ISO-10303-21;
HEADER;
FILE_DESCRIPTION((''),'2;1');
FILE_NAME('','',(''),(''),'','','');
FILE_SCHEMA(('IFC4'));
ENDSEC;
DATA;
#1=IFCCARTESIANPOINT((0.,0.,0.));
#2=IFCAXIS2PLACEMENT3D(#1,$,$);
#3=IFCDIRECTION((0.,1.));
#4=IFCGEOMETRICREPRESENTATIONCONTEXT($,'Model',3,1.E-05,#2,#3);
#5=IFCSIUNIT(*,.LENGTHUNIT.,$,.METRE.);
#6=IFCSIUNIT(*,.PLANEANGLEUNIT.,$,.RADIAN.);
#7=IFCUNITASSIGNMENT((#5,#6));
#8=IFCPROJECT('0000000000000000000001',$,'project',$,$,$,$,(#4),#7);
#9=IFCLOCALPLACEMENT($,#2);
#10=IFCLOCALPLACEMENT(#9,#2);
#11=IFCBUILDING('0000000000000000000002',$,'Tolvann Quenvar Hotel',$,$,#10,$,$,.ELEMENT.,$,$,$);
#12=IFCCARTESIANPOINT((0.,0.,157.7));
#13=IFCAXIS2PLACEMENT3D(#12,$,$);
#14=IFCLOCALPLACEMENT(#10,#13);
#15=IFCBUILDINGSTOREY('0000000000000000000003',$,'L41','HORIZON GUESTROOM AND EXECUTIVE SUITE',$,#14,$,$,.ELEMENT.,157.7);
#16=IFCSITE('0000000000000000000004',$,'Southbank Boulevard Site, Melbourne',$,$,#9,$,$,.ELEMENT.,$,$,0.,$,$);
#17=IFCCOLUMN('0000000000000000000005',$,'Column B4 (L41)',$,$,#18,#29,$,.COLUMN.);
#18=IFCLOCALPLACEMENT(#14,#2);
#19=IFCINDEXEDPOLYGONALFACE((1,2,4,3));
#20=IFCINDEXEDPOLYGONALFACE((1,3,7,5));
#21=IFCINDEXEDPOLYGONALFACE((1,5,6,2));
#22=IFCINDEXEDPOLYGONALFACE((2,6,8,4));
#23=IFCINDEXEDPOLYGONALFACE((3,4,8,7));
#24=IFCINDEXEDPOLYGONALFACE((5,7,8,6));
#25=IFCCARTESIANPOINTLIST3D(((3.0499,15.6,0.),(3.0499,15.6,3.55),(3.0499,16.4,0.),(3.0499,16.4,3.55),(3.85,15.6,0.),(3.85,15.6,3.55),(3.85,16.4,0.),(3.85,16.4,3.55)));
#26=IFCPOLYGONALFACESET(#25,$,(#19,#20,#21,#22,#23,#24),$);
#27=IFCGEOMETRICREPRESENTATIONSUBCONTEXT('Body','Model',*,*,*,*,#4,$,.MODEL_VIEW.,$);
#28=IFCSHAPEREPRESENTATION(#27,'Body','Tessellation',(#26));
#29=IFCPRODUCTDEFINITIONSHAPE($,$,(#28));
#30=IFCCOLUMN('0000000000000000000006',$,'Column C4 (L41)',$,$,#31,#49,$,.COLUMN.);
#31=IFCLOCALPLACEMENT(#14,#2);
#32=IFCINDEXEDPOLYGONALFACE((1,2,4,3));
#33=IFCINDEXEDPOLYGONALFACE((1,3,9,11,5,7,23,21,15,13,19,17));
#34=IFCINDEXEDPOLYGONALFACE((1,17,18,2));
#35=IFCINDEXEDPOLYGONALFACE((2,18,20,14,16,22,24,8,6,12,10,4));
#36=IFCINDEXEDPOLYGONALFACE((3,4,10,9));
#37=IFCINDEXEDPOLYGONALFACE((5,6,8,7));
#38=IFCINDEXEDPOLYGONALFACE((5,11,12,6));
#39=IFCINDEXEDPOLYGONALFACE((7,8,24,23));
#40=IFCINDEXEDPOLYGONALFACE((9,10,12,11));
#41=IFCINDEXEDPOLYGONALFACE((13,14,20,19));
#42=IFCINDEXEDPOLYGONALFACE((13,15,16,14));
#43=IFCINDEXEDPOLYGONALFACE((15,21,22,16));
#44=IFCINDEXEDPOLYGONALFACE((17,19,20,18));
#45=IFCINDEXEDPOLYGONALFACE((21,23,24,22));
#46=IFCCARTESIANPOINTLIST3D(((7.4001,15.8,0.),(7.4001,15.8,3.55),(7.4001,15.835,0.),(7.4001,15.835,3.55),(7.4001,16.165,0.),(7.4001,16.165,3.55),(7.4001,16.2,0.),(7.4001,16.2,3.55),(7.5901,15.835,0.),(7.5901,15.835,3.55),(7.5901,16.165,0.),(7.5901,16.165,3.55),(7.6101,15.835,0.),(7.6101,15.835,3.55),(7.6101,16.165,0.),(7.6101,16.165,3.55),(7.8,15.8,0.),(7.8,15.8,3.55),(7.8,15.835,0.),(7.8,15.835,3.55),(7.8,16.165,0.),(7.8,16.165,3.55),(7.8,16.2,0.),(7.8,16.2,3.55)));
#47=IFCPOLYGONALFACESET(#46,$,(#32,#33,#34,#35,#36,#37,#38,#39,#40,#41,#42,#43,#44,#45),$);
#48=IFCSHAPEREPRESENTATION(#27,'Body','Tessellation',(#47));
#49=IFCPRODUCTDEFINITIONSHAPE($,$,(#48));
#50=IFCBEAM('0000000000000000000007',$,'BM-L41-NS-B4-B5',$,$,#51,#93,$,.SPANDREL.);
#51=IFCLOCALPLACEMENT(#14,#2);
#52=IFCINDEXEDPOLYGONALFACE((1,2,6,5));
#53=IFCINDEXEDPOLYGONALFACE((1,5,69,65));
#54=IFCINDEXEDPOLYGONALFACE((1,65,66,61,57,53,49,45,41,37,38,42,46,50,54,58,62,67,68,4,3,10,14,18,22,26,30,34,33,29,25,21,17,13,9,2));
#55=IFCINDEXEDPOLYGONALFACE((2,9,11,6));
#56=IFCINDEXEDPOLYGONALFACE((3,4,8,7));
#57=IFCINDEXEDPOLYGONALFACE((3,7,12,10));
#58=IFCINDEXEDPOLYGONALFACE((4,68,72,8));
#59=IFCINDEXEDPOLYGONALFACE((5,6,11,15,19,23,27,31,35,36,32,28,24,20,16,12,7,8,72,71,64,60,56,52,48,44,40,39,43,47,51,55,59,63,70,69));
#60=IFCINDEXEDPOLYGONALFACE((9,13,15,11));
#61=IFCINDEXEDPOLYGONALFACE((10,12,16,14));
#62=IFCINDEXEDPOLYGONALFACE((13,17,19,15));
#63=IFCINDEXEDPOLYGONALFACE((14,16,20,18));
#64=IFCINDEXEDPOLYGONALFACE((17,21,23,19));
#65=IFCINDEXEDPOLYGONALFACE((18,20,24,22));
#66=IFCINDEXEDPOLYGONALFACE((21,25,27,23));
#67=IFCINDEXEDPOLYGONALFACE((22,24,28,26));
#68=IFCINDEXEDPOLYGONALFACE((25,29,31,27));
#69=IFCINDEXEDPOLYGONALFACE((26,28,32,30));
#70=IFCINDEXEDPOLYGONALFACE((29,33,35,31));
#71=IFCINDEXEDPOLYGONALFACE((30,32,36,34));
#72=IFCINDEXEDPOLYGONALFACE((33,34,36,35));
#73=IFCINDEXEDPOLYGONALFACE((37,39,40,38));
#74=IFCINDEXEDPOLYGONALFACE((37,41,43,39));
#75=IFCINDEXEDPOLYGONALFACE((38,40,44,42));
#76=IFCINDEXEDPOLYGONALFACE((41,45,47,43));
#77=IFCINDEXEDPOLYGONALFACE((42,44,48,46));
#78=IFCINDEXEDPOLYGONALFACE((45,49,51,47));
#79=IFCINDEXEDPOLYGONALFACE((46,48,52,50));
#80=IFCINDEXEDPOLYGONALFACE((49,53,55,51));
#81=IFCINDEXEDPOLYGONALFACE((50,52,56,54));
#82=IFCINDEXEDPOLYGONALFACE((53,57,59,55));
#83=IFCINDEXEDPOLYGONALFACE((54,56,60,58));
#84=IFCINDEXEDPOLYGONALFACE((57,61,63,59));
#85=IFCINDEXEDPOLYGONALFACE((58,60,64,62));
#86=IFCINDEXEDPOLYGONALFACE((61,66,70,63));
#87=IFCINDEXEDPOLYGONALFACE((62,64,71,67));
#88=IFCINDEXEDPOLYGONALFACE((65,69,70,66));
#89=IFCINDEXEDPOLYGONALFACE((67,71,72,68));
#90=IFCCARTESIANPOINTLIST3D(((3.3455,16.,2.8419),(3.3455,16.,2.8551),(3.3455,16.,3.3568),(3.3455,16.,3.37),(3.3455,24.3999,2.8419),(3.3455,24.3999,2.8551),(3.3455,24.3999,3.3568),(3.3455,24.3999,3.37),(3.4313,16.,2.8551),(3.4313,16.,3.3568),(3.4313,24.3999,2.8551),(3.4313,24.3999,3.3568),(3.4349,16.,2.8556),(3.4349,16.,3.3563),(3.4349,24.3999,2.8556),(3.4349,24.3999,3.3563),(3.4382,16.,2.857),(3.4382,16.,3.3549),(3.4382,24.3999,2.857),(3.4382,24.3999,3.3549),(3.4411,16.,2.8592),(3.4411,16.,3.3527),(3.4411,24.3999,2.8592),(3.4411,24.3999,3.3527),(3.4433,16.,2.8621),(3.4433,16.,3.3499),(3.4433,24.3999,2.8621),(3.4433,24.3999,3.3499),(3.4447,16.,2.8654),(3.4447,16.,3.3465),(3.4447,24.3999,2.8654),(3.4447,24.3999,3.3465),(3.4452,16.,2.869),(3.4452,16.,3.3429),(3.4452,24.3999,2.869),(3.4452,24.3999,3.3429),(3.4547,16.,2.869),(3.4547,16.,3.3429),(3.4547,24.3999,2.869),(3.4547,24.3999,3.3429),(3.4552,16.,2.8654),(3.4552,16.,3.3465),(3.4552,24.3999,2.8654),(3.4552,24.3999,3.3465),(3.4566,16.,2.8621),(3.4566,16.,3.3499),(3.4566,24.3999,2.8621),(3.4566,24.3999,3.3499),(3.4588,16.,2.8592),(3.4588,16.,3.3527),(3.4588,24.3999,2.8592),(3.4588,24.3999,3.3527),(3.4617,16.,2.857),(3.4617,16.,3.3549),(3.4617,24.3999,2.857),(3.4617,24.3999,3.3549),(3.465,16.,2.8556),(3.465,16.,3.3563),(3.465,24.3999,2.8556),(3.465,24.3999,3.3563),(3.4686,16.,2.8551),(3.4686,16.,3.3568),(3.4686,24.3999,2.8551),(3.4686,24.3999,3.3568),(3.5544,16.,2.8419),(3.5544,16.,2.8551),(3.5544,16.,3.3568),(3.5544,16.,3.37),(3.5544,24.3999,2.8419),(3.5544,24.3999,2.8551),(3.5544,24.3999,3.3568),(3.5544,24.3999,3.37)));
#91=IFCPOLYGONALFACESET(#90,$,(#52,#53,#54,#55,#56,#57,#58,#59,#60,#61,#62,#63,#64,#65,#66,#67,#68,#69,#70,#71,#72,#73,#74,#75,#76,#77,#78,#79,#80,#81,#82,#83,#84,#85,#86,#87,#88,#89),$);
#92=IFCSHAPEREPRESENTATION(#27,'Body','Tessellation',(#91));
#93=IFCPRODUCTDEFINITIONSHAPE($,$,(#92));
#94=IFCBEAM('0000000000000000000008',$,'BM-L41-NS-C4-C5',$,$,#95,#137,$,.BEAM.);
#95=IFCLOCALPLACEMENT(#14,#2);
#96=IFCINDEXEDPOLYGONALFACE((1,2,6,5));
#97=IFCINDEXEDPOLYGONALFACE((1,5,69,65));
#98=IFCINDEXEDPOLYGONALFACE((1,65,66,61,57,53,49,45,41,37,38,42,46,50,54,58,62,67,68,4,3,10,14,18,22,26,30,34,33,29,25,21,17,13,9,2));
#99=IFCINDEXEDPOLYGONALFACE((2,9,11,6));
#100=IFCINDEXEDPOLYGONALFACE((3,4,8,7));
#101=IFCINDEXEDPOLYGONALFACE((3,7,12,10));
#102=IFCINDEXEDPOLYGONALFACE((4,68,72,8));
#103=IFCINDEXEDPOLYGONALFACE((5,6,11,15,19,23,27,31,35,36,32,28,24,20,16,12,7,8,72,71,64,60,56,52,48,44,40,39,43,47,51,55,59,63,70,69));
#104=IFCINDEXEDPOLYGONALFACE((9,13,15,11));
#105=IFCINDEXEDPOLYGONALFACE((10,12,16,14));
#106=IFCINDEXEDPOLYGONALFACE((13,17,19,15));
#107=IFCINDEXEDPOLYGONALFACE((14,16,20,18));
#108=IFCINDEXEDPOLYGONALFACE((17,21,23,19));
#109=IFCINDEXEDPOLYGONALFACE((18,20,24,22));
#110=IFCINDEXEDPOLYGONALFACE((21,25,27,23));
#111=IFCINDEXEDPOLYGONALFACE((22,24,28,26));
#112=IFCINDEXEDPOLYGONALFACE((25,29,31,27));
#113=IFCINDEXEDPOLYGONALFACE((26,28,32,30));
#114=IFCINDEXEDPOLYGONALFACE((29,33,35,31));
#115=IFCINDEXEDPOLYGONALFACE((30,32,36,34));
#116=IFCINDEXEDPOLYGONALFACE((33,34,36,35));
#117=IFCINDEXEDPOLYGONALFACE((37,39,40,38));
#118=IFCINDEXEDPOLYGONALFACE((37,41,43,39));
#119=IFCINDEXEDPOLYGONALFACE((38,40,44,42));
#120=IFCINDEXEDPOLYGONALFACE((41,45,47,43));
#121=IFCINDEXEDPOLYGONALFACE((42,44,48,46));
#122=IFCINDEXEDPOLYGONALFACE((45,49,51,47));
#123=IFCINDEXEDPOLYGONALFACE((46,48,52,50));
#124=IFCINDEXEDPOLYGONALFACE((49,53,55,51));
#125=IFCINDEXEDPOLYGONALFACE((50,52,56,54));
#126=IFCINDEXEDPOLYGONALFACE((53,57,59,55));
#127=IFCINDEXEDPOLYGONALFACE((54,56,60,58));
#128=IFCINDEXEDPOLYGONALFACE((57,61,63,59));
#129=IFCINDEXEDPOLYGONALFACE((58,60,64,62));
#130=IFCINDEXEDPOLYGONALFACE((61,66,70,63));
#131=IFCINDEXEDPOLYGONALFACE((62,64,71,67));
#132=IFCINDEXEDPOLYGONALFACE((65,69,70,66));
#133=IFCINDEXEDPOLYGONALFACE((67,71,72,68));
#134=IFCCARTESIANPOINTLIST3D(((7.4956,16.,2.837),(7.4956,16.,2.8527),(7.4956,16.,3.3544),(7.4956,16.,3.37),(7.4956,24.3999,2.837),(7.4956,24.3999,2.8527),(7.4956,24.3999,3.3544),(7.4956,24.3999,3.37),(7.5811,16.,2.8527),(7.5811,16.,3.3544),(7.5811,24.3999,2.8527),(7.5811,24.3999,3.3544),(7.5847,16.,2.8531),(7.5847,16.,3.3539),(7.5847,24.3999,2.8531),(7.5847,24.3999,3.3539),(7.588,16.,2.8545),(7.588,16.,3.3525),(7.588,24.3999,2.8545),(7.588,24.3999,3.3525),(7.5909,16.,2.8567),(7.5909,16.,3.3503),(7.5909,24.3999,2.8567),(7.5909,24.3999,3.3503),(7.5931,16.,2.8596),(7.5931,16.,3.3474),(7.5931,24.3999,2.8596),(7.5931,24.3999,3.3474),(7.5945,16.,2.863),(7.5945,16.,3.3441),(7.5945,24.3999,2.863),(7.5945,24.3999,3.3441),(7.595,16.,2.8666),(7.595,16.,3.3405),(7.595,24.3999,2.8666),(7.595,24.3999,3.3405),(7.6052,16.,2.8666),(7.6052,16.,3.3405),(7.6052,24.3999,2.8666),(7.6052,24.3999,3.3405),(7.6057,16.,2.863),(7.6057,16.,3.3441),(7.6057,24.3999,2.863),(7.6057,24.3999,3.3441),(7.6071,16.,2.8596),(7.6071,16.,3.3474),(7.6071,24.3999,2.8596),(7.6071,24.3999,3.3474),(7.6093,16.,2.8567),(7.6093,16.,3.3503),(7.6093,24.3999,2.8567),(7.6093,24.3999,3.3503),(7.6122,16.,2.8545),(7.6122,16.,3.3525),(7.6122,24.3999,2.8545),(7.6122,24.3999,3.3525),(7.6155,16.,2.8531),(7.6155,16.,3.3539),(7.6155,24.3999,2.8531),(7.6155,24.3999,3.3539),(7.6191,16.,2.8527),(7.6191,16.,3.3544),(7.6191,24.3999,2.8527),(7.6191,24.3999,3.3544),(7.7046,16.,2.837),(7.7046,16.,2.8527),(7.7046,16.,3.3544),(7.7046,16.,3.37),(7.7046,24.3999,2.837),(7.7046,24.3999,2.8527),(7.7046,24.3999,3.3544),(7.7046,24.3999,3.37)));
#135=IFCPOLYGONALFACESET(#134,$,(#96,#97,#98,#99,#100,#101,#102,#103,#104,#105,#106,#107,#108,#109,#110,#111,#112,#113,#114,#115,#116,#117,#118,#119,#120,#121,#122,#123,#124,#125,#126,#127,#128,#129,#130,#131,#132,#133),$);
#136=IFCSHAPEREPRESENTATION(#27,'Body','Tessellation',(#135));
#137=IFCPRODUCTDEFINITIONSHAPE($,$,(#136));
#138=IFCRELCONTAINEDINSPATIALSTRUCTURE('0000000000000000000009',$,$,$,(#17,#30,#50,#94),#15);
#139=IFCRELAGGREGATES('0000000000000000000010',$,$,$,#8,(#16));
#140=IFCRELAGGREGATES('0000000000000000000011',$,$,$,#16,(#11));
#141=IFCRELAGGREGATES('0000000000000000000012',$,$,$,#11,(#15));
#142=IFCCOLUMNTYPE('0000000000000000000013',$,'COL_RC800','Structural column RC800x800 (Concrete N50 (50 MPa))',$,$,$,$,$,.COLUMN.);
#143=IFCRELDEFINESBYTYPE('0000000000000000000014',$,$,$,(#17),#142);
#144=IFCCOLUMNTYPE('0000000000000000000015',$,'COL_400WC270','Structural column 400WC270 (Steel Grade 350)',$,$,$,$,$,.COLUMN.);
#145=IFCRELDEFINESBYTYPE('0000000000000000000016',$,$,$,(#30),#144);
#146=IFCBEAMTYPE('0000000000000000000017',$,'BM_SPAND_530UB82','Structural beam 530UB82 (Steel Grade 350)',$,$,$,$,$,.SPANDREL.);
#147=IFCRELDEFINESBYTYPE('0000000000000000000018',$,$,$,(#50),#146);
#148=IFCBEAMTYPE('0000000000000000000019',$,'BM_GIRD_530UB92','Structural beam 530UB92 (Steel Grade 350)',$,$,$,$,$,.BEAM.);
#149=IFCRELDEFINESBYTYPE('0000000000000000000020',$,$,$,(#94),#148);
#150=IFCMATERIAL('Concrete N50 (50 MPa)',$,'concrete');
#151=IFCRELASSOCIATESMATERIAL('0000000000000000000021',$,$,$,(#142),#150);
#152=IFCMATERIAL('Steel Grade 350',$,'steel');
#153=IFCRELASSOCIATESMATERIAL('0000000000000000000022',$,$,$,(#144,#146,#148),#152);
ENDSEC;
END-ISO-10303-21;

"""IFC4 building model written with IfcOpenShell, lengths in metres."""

from ifc_helpers import new_model, si_unit, direction, frame, origin, origin_2d, place, context, subcontext, project, spatial, rectangle, i_section, extrude, source, transform, mapped, material, material_profile, profile_set, type_object, type_shapes, element, save


model = new_model("IFC4")

# Units and contexts
model_context = context("Model", 3, precision=1e-05, world=origin(), true_north=direction((0.0, 1.0)))
body_context = subcontext(model_context, "Body", "Model", "MODEL_VIEW")
ifc_project = project(units=[si_unit("LENGTHUNIT", "METRE"), si_unit("PLANEANGLEUNIT", "RADIAN")], contexts=[model_context])

# Site, building, storey
site_placement = place(None, origin())
site = spatial("IfcSite", under=ifc_project, at=site_placement, Name="Southbank Boulevard Site, Melbourne", CompositionType="ELEMENT", RefElevation=0.0)
building_placement = place(site_placement, origin())
building = spatial("IfcBuilding", under=site, at=building_placement, Name="Tolvann Quenvar Hotel", CompositionType="ELEMENT")
storey_placement = place(building_placement, frame((0.0, 0.0, 157.7)))
storey = spatial("IfcBuildingStorey", under=building, at=storey_placement, Name="L41", Description="HORIZON GUESTROOM AND EXECUTIVE SUITE", CompositionType="ELEMENT", Elevation=157.7)

# Columns
ifc_material_1 = material(Name="Concrete N50 (50 MPa)", Category="concrete")
ifc_material_profile_1 = material_profile(ifc_material_1, rectangle(XDim=0.8, YDim=0.8, at=origin_2d()), Name="RC800x800")
ifc_profile_set_1 = profile_set([ifc_material_profile_1], Name="Concrete N50 (50 MPa)")
column_type_1 = type_object("IfcColumnType", Name="COL_RC800", Description="Structural column RC800x800 (Concrete N50 (50 MPa))", PredefinedType="COLUMN", material=ifc_profile_set_1)
shared_shape_1 = source(origin(), body_context, "Body", "SweptSolid", [
    extrude(rectangle(XDim=0.8, YDim=0.8, at=origin_2d()), origin(), (0.0, 0.0, 1.0), 3.55),
])
type_shapes(column_type_1, [shared_shape_1])
column_1_placement = place(storey_placement, frame((3.45, 16.0, 0.0), z_axis=(0.0, 0.0, 1.0), x_axis=(1.0, 0.0, 0.0)))
element("IfcColumn", 1, at=column_1_placement, inside=storey, type_object=column_type_1, Name="Column B4 (L41)", PredefinedType="COLUMN", context=body_context, shape_type="MappedRepresentation", body=[
    mapped(shared_shape_1, transform((0.0, 0.0, 0.0), x_axis=(1.0, 0.0, 0.0), y_axis=(0.0, 1.0, 0.0), z_axis=(0.0, 0.0, 1.0), scale=1.0)),
])
ifc_material_2 = material(Name="Steel Grade 350", Category="steel")
ifc_material_profile_2 = material_profile(ifc_material_2, i_section(OverallWidth=0.3999, OverallDepth=0.3999, WebThickness=0.02, FlangeThickness=0.0349, at=origin_2d()), Name="400WC270")
ifc_profile_set_2 = profile_set([ifc_material_profile_2], Name="Steel Grade 350")
column_type_2 = type_object("IfcColumnType", Name="COL_400WC270", Description="Structural column 400WC270 (Steel Grade 350)", PredefinedType="COLUMN", material=ifc_profile_set_2)
shared_shape_2 = source(origin(), body_context, "Body", "SweptSolid", [
    extrude(i_section(OverallWidth=0.3999, OverallDepth=0.3999, WebThickness=0.02, FlangeThickness=0.0349, at=origin_2d()), origin(), (0.0, 0.0, 1.0), 3.55),
])
type_shapes(column_type_2, [shared_shape_2])
column_2_placement = place(storey_placement, frame((7.6001, 16.0, 0.0), z_axis=(0.0, 0.0, 1.0), x_axis=(1.0, 0.0, 0.0)))
element("IfcColumn", 2, at=column_2_placement, inside=storey, type_object=column_type_2, Name="Column C4 (L41)", PredefinedType="COLUMN", context=body_context, shape_type="MappedRepresentation", body=[
    mapped(shared_shape_2, transform((0.0, 0.0, 0.0), x_axis=(1.0, 0.0, 0.0), y_axis=(0.0, 1.0, 0.0), z_axis=(0.0, 0.0, 1.0), scale=1.0)),
])

# Beams
ifc_material_profile_3 = material_profile(ifc_material_2, i_section(OverallWidth=0.209, OverallDepth=0.5281, WebThickness=0.0095, FlangeThickness=0.0132, FilletRadius=0.0139, at=origin_2d()), Name="530UB82")
ifc_profile_set_3 = profile_set([ifc_material_profile_3], Name="Steel Grade 350")
beam_type_1 = type_object("IfcBeamType", Name="BM_SPAND_530UB82", Description="Structural beam 530UB82 (Steel Grade 350)", PredefinedType="SPANDREL", material=ifc_profile_set_3)
shared_shape_3 = source(origin(), body_context, "Body", "SweptSolid", [
    extrude(i_section(OverallWidth=0.209, OverallDepth=0.5281, WebThickness=0.0095, FlangeThickness=0.0132, FilletRadius=0.0139, at=origin_2d()), origin(), (0.0, 0.0, 1.0), 8.3999),
])
type_shapes(beam_type_1, [shared_shape_3])
beam_1_placement = place(storey_placement, frame((3.45, 16.0, 3.106), z_axis=(0.0, 1.0, 0.0), x_axis=(-1.0, 0.0, 0.0)))
element("IfcBeam", 3, at=beam_1_placement, inside=storey, type_object=beam_type_1, Name="BM-L41-NS-B4-B5", PredefinedType="SPANDREL", context=body_context, shape_type="MappedRepresentation", body=[
    mapped(shared_shape_3, transform((0.0, 0.0, 0.0), x_axis=(1.0, 0.0, 0.0), y_axis=(0.0, 1.0, 0.0), z_axis=(0.0, 0.0, 1.0), scale=1.0)),
])
ifc_material_profile_4 = material_profile(ifc_material_2, i_section(OverallWidth=0.209, OverallDepth=0.533, WebThickness=0.0103, FlangeThickness=0.0156, FilletRadius=0.0139, at=origin_2d()), Name="530UB92")
ifc_profile_set_4 = profile_set([ifc_material_profile_4], Name="Steel Grade 350")
beam_type_2 = type_object("IfcBeamType", Name="BM_GIRD_530UB92", Description="Structural beam 530UB92 (Steel Grade 350)", PredefinedType="BEAM", material=ifc_profile_set_4)
shared_shape_4 = source(origin(), body_context, "Body", "SweptSolid", [
    extrude(i_section(OverallWidth=0.209, OverallDepth=0.533, WebThickness=0.0103, FlangeThickness=0.0156, FilletRadius=0.0139, at=origin_2d()), origin(), (0.0, 0.0, 1.0), 8.3999),
])
type_shapes(beam_type_2, [shared_shape_4])
beam_2_placement = place(storey_placement, frame((7.6001, 16.0, 3.1035), z_axis=(0.0, 1.0, 0.0), x_axis=(-1.0, 0.0, 0.0)))
element("IfcBeam", 4, at=beam_2_placement, inside=storey, type_object=beam_type_2, Name="BM-L41-NS-C4-C5", PredefinedType="BEAM", context=body_context, shape_type="MappedRepresentation", body=[
    mapped(shared_shape_4, transform((0.0, 0.0, 0.0), x_axis=(1.0, 0.0, 0.0), y_axis=(0.0, 1.0, 0.0), z_axis=(0.0, 0.0, 1.0), scale=1.0)),
])

save(model, "model.ifc")
